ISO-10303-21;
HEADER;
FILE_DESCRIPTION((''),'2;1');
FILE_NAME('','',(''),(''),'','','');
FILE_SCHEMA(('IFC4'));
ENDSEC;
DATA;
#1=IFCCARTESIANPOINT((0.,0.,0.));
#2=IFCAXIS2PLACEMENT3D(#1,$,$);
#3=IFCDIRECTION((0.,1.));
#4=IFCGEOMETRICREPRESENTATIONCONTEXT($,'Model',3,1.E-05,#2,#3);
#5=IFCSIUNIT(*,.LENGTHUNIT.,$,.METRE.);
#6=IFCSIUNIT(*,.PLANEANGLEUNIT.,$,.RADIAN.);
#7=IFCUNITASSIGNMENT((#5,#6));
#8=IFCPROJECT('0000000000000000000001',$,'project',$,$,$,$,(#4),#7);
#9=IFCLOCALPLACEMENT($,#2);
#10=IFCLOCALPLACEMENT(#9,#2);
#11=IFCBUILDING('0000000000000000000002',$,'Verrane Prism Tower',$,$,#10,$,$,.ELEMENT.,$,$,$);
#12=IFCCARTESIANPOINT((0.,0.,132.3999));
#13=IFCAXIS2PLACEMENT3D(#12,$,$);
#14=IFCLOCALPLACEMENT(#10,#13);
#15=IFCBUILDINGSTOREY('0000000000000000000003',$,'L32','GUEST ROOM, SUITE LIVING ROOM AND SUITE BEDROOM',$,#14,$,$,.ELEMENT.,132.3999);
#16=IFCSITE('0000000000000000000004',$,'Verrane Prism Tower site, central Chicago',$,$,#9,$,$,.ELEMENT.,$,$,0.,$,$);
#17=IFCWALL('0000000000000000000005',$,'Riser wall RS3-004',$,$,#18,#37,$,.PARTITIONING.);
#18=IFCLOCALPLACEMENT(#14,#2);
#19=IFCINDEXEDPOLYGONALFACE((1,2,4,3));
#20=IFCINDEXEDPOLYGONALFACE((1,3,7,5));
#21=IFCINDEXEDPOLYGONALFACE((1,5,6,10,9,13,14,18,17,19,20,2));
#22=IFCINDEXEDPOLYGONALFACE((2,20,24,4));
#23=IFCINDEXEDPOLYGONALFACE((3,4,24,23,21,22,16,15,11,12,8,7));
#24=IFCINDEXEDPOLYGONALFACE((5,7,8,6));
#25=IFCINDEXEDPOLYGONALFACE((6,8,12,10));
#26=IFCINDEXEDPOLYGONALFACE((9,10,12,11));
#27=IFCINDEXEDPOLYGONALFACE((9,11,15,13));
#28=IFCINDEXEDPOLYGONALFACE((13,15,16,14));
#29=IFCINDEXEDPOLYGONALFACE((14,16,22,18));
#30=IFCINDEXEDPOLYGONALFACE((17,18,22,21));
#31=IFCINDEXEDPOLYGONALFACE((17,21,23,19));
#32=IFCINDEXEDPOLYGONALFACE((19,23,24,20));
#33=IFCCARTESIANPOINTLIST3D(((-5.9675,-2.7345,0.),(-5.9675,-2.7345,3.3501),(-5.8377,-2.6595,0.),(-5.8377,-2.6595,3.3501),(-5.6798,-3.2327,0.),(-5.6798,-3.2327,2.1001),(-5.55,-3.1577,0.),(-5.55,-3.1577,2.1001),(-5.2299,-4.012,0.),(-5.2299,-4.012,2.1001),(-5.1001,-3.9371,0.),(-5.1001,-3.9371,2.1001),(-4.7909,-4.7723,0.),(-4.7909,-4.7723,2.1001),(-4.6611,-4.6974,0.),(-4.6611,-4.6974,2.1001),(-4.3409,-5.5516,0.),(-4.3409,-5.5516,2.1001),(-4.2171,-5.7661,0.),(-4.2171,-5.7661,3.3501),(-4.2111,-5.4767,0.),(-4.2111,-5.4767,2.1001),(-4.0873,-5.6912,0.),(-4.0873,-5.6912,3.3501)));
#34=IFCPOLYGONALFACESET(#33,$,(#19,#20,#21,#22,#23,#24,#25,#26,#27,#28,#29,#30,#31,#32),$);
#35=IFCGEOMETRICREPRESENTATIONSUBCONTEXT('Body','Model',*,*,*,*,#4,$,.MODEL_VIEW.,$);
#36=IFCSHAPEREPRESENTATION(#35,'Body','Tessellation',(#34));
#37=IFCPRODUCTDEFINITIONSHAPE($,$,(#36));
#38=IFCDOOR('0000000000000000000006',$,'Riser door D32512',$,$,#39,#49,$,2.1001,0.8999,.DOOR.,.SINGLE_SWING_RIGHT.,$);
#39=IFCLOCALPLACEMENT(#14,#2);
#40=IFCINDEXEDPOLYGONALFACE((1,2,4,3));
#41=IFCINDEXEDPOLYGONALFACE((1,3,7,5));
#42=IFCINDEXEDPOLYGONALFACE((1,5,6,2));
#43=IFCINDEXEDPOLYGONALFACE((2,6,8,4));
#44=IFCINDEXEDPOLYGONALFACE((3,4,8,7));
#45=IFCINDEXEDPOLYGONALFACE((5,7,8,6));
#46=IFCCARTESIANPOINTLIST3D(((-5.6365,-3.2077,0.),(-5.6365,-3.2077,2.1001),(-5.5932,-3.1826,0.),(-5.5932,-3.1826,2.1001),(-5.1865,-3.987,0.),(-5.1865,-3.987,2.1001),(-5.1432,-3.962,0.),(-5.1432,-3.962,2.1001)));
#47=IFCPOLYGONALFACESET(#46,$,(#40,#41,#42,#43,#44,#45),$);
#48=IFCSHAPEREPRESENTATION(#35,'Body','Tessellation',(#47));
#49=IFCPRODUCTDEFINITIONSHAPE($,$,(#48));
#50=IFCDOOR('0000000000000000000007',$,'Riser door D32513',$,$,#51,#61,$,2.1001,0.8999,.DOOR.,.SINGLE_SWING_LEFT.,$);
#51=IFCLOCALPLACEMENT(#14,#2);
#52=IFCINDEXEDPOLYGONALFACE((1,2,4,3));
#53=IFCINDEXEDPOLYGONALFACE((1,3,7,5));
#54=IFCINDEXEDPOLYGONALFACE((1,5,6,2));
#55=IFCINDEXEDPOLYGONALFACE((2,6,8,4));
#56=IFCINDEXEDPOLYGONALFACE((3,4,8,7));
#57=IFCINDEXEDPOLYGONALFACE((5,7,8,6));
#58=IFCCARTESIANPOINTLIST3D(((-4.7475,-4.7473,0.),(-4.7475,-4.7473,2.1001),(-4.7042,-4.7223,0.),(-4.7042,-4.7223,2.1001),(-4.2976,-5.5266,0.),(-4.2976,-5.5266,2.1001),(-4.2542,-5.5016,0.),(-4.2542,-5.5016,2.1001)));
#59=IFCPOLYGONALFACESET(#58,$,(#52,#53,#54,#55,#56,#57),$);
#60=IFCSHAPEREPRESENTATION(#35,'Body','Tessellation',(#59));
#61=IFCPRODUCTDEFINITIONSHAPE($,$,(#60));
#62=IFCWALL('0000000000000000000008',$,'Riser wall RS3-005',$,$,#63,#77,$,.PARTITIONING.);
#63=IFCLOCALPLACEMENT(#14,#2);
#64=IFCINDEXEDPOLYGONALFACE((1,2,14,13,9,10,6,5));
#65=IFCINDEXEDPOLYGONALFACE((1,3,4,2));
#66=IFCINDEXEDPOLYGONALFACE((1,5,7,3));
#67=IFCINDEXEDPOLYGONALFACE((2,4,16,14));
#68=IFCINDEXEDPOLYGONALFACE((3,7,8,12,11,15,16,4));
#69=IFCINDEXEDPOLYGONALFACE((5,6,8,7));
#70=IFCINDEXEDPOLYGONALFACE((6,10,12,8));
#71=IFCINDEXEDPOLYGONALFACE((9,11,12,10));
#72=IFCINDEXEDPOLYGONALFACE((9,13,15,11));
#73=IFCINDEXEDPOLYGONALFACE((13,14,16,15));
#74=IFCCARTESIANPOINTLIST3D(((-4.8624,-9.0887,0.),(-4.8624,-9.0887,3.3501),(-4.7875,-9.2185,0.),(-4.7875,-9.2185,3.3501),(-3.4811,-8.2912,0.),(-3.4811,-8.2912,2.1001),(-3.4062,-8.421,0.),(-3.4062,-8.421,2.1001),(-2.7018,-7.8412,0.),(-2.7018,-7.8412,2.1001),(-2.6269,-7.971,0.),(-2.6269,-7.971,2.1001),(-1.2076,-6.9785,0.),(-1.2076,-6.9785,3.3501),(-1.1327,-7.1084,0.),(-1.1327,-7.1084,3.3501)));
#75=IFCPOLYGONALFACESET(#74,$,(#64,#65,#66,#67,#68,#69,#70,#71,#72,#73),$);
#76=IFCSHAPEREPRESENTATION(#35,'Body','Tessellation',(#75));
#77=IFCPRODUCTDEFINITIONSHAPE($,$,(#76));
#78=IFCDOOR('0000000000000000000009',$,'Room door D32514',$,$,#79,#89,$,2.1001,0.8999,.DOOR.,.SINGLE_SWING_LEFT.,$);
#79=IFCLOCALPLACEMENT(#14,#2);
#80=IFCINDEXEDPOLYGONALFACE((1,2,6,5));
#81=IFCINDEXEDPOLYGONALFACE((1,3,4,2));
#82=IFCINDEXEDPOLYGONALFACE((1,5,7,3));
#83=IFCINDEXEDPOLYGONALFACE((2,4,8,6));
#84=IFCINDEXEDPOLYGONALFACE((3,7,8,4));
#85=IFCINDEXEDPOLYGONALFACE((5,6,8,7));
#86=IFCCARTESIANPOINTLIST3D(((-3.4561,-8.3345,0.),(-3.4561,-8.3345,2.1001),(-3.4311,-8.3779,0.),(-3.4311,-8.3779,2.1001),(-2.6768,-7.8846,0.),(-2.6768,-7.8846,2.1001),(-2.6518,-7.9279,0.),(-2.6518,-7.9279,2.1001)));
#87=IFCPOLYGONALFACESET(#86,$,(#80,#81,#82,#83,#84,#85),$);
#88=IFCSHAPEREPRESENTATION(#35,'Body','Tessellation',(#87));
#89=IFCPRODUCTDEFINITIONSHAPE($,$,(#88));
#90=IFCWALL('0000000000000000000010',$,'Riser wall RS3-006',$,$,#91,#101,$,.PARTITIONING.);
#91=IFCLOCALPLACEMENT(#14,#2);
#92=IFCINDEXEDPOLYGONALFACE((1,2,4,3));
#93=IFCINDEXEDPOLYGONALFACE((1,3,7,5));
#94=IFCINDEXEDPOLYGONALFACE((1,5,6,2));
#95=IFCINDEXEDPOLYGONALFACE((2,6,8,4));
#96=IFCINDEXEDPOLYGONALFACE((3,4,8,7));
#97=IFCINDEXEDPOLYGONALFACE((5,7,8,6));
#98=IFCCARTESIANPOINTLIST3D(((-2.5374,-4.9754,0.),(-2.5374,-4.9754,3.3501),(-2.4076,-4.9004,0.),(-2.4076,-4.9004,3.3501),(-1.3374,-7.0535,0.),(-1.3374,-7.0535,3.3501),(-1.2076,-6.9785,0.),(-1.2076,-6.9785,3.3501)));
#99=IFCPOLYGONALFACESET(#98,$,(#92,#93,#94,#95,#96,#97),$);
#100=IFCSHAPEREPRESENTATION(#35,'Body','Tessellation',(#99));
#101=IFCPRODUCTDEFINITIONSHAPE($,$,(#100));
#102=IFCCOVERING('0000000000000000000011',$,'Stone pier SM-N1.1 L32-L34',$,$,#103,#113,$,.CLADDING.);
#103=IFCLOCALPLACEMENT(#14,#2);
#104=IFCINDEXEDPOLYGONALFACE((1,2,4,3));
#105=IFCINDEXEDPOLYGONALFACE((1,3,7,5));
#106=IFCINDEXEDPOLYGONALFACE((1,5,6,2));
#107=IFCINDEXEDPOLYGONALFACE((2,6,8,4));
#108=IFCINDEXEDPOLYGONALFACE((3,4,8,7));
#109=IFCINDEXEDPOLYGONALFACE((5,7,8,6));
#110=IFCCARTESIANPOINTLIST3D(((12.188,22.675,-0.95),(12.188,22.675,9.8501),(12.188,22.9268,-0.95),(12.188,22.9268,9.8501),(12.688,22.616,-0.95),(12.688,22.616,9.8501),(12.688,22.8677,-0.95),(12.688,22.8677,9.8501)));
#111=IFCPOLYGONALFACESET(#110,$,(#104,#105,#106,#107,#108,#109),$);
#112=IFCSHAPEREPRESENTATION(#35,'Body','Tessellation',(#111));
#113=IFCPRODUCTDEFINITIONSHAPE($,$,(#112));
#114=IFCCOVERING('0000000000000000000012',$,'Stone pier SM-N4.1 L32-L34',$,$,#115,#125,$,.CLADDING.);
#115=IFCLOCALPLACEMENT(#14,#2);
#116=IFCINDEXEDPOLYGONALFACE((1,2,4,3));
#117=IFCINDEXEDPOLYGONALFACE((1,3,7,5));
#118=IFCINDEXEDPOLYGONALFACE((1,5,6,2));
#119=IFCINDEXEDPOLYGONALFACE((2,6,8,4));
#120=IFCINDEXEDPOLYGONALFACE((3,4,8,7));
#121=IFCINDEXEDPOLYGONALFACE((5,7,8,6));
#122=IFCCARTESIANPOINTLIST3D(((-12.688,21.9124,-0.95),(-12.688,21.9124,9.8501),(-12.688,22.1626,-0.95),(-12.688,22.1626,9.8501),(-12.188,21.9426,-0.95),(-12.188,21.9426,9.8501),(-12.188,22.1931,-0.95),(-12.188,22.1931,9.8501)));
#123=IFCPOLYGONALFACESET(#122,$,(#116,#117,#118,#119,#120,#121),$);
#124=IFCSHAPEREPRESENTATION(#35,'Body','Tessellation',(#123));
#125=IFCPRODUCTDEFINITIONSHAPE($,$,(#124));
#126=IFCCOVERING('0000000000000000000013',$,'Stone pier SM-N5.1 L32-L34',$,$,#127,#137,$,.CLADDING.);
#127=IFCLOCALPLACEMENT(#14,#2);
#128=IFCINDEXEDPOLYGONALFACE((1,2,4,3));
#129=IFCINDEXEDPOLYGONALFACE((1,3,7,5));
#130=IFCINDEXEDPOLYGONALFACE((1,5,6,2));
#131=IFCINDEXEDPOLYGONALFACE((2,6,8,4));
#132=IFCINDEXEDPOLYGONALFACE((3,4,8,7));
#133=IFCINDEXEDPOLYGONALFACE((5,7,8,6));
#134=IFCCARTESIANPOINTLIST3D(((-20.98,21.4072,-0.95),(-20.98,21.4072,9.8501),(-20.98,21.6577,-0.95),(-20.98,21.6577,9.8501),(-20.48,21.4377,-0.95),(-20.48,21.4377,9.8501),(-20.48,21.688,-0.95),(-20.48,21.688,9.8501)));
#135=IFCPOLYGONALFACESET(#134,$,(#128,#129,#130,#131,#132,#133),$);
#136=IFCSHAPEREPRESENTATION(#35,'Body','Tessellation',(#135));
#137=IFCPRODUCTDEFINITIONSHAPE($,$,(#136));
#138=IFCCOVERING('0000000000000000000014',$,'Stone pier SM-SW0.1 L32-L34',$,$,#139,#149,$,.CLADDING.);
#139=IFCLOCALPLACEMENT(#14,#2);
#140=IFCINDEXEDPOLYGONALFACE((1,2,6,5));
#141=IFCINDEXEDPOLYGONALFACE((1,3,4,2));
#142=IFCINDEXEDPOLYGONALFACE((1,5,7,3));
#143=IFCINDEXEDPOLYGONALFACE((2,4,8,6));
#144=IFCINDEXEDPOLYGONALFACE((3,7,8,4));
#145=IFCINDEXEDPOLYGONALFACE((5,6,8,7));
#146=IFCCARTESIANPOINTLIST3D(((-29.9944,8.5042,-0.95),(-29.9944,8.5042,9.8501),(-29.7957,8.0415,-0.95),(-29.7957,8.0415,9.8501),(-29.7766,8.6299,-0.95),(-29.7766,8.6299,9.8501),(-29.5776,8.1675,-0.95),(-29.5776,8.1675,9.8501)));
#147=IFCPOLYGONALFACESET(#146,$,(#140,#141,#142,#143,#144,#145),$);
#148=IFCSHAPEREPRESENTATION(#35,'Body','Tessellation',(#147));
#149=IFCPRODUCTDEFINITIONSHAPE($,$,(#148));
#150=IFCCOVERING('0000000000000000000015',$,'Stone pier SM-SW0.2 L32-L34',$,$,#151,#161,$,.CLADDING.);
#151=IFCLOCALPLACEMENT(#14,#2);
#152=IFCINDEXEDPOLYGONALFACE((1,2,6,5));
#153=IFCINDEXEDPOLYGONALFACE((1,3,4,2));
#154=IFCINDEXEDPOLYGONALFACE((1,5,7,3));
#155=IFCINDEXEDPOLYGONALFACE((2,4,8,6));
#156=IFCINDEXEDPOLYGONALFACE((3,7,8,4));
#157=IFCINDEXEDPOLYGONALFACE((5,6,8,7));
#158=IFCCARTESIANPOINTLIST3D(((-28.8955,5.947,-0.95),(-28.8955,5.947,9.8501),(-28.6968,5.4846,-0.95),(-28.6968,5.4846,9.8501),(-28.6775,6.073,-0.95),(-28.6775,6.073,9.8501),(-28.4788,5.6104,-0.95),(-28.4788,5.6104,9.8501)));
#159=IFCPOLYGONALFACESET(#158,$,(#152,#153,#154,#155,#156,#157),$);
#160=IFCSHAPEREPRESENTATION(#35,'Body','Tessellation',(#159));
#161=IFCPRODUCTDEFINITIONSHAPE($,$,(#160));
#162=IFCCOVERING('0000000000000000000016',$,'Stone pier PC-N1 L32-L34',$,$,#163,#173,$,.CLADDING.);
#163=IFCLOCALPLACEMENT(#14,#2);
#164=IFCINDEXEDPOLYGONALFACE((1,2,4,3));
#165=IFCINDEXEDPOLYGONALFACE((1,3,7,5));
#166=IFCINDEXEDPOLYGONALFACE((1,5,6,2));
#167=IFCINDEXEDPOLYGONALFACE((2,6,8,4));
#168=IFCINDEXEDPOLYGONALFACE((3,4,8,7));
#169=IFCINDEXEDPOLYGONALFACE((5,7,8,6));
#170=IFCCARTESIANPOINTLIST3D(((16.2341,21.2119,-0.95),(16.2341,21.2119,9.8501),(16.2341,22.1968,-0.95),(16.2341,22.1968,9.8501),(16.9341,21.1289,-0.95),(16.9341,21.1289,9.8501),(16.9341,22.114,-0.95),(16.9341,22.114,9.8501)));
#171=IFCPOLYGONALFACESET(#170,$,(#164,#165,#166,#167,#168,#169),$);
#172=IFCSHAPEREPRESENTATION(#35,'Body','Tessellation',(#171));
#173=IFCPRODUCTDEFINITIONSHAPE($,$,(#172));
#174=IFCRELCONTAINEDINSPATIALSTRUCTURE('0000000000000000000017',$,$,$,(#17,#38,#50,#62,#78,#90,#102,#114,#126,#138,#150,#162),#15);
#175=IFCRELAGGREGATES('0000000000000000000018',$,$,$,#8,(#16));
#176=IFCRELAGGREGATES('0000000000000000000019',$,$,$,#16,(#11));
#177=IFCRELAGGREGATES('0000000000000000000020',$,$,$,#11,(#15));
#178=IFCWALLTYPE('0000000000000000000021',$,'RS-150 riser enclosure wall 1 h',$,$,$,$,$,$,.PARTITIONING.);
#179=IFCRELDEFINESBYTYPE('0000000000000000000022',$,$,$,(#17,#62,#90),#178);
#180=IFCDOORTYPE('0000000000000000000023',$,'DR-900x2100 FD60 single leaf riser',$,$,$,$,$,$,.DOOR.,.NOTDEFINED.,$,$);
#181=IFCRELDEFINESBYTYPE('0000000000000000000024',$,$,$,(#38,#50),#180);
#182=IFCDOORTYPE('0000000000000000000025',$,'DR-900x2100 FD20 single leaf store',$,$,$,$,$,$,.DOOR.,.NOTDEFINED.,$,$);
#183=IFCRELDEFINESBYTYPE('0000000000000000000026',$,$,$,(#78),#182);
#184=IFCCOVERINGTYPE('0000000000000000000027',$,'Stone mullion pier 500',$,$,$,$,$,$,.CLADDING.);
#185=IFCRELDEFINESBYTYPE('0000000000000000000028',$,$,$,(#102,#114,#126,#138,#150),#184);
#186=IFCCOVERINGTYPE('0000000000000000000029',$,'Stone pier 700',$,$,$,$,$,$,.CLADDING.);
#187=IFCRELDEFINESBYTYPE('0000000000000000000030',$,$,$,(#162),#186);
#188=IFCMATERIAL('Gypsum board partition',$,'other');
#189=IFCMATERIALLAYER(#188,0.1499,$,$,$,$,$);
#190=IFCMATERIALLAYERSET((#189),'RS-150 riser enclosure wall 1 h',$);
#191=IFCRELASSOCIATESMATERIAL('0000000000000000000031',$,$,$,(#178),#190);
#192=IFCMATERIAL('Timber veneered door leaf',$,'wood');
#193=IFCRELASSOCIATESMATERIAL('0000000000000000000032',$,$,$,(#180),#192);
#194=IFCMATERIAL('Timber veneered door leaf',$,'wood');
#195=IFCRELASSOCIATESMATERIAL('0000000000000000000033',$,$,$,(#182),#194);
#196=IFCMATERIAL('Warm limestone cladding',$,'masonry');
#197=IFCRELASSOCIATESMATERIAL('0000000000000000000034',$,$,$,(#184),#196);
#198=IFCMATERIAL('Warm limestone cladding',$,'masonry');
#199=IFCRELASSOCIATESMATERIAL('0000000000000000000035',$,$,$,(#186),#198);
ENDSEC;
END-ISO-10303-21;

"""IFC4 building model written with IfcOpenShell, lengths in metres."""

from ifc_helpers import new_model, si_unit, direction, frame, frame_2d, origin, place, context, subcontext, project, spatial, polyline, rectangle, outline, extrude, material, layer, layer_set, type_object, element, fill, save


model = new_model("IFC4")

# Units and contexts
model_context = context("Model", 3, precision=1e-05, world=origin(), true_north=direction((0.0, 1.0)))
body_context = subcontext(model_context, "Body", "Model", "MODEL_VIEW")
ifc_project = project(units=[si_unit("LENGTHUNIT", "METRE"), si_unit("PLANEANGLEUNIT", "RADIAN")], contexts=[model_context])

# Site, building, storey
site_placement = place(None, origin())
site = spatial("IfcSite", under=ifc_project, at=site_placement, Name="Verrane Prism Tower site, central Chicago", CompositionType="ELEMENT", RefElevation=0.0)
building_placement = place(site_placement, origin())
building = spatial("IfcBuilding", under=site, at=building_placement, Name="Verrane Prism Tower", CompositionType="ELEMENT")
storey_placement = place(building_placement, frame((0.0, 0.0, 132.3999)))
storey = spatial("IfcBuildingStorey", under=building, at=storey_placement, Name="L32", Description="GUEST ROOM, SUITE LIVING ROOM AND SUITE BEDROOM", CompositionType="ELEMENT", Elevation=132.3999)

# Wall, openings, doors
ifc_material_1 = material(Name="Gypsum board partition", Category="other")
ifc_layer_1 = layer(ifc_material_1, 0.1499)
ifc_layer_set_1 = layer_set([ifc_layer_1], Name="RS-150 riser enclosure wall 1 h")
wall_type_1 = type_object("IfcWallType", Name="RS-150 riser enclosure wall 1 h", PredefinedType="PARTITIONING", material=ifc_layer_set_1)
wall_1_placement = place(storey_placement, frame((-4.1521, -5.7288, 0.0), z_axis=(0.0, 0.0, 1.0), x_axis=(-0.500024, 0.866011, 0.0)))
wall_1 = element("IfcWall", 1, at=wall_1_placement, inside=storey, type_object=wall_type_1, Name="Riser wall RS3-004", PredefinedType="PARTITIONING", context=body_context, shape_type="SweptSolid", body=[
    extrude(rectangle(XDim=3.5007, YDim=0.1499, at=frame_2d((1.7505, 0.0))), origin(), (0.0, 0.0, 1.0), 3.3501),
])
opening_1_placement = place(wall_1_placement, frame((2.0256, 0.0, 0.0)))
opening_1 = element("IfcOpeningElement", 2, at=opening_1_placement, cuts=wall_1, PredefinedType="OPENING", context=body_context, shape_type="SweptSolid", body=[
    extrude(rectangle(XDim=0.8999, YDim=2.1001, at=frame_2d((0.45, 1.05))), frame((0.0, 0.085, 0.0), z_axis=(0.0, -1.0, 0.0), x_axis=(1.0, 0.0, 0.0)), (0.0, 0.0, 1.0), 0.1699),
])
opening_2_placement = place(wall_1_placement, frame((0.2478, 0.0, 0.0)))
opening_2 = element("IfcOpeningElement", 3, at=opening_2_placement, cuts=wall_1, PredefinedType="OPENING", context=body_context, shape_type="SweptSolid", body=[
    extrude(rectangle(XDim=0.8999, YDim=2.1001, at=frame_2d((0.45, 1.05))), frame((0.0, 0.085, 0.0), z_axis=(0.0, -1.0, 0.0), x_axis=(1.0, 0.0, 0.0)), (0.0, 0.0, 1.0), 0.1699),
])
ifc_material_2 = material(Name="Timber veneered door leaf", Category="wood")
door_type_1 = type_object("IfcDoorType", Name="DR-900x2100 FD60 single leaf riser", OperationType="NOTDEFINED", PredefinedType="DOOR", material=ifc_material_2)
door_1_placement = place(opening_1_placement, origin())
door_1 = element("IfcDoor", 4, at=door_1_placement, inside=storey, type_object=door_type_1, Name="Riser door D32512", OperationType="SINGLE_SWING_RIGHT", OverallHeight=2.1001, OverallWidth=0.8999, PredefinedType="DOOR", context=body_context, shape_type="SweptSolid", body=[
    extrude(rectangle(XDim=0.8999, YDim=2.1001, at=frame_2d((0.45, 1.05))), frame((0.0, 0.0249, 0.0), z_axis=(0.0, -1.0, 0.0), x_axis=(1.0, 0.0, 0.0)), (0.0, 0.0, 1.0), 0.05),
])
fill(opening_1, door_1)
door_2_placement = place(opening_2_placement, origin())
door_2 = element("IfcDoor", 5, at=door_2_placement, inside=storey, type_object=door_type_1, Name="Riser door D32513", OperationType="SINGLE_SWING_LEFT", OverallHeight=2.1001, OverallWidth=0.8999, PredefinedType="DOOR", context=body_context, shape_type="SweptSolid", body=[
    extrude(rectangle(XDim=0.8999, YDim=2.1001, at=frame_2d((0.45, 1.05))), frame((0.0, 0.0249, 0.0), z_axis=(0.0, -1.0, 0.0), x_axis=(1.0, 0.0, 0.0)), (0.0, 0.0, 1.0), 0.05),
])
fill(opening_2, door_2)

# Wall, opening, door
wall_2_placement = place(storey_placement, frame((-4.825, -9.1536, 0.0), z_axis=(0.0, 0.0, 1.0), x_axis=(0.866024, 0.500003, 0.0)))
wall_2 = element("IfcWall", 6, at=wall_2_placement, inside=storey, type_object=wall_type_1, Name="Riser wall RS3-005", PredefinedType="PARTITIONING", context=body_context, shape_type="SweptSolid", body=[
    extrude(rectangle(XDim=4.2202, YDim=0.1499, at=frame_2d((2.1101, 0.0))), origin(), (0.0, 0.0, 1.0), 3.3501),
])
opening_3_placement = place(wall_2_placement, frame((1.595, 0.0, 0.0)))
opening_3 = element("IfcOpeningElement", 7, at=opening_3_placement, cuts=wall_2, PredefinedType="OPENING", context=body_context, shape_type="SweptSolid", body=[
    extrude(rectangle(XDim=0.8999, YDim=2.1001, at=frame_2d((0.45, 1.05))), frame((0.0, 0.085, 0.0), z_axis=(0.0, -1.0, 0.0), x_axis=(1.0, 0.0, 0.0)), (0.0, 0.0, 1.0), 0.1699),
])
ifc_material_3 = material(Name="Timber veneered door leaf", Category="wood")
door_type_2 = type_object("IfcDoorType", Name="DR-900x2100 FD20 single leaf store", OperationType="NOTDEFINED", PredefinedType="DOOR", material=ifc_material_3)
door_3_placement = place(opening_3_placement, origin())
door_3 = element("IfcDoor", 8, at=door_3_placement, inside=storey, type_object=door_type_2, Name="Room door D32514", OperationType="SINGLE_SWING_LEFT", OverallHeight=2.1001, OverallWidth=0.8999, PredefinedType="DOOR", context=body_context, shape_type="SweptSolid", body=[
    extrude(rectangle(XDim=0.8999, YDim=2.1001, at=frame_2d((0.45, 1.05))), frame((0.0, 0.0249, 0.0), z_axis=(0.0, -1.0, 0.0), x_axis=(1.0, 0.0, 0.0)), (0.0, 0.0, 1.0), 0.05),
])
fill(opening_3, door_3)

# Wall
wall_3_placement = place(storey_placement, frame((-2.4724, -4.938, 0.0), z_axis=(0.0, 0.0, 1.0), x_axis=(0.500045, -0.865999, 0.0)))
element("IfcWall", 9, at=wall_3_placement, inside=storey, type_object=wall_type_1, Name="Riser wall RS3-006", PredefinedType="PARTITIONING", context=body_context, shape_type="SweptSolid", body=[
    extrude(rectangle(XDim=2.3997, YDim=0.1499, at=frame_2d((1.1997, 0.0))), origin(), (0.0, 0.0, 1.0), 3.3501),
])

# Coverings
ifc_material_4 = material(Name="Warm limestone cladding", Category="masonry")
covering_type_1 = type_object("IfcCoveringType", Name="Stone mullion pier 500", PredefinedType="CLADDING", material=ifc_material_4)
covering_1_placement = place(storey_placement, frame((0.0, 0.0, -0.95)))
element("IfcCovering", 10, at=covering_1_placement, inside=storey, type_object=covering_type_1, Name="Stone pier SM-N1.1 L32-L34", PredefinedType="CLADDING", context=body_context, shape_type="SweptSolid", body=[
    extrude(outline(polyline([(12.188, 22.675), (12.688, 22.616), (12.688, 22.8677), (12.188, 22.9268), (12.188, 22.675)])), origin(), (0.0, 0.0, 1.0), 10.8),
])
covering_2_placement = place(storey_placement, frame((0.0, 0.0, -0.95)))
element("IfcCovering", 11, at=covering_2_placement, inside=storey, type_object=covering_type_1, Name="Stone pier SM-N4.1 L32-L34", PredefinedType="CLADDING", context=body_context, shape_type="SweptSolid", body=[
    extrude(outline(polyline([(-12.688, 21.9124), (-12.188, 21.9426), (-12.188, 22.1931), (-12.688, 22.1626), (-12.688, 21.9124)])), origin(), (0.0, 0.0, 1.0), 10.8),
])
covering_3_placement = place(storey_placement, frame((0.0, 0.0, -0.95)))
element("IfcCovering", 12, at=covering_3_placement, inside=storey, type_object=covering_type_1, Name="Stone pier SM-N5.1 L32-L34", PredefinedType="CLADDING", context=body_context, shape_type="SweptSolid", body=[
    extrude(outline(polyline([(-20.98, 21.4072), (-20.48, 21.4377), (-20.48, 21.688), (-20.98, 21.6577), (-20.98, 21.4072)])), origin(), (0.0, 0.0, 1.0), 10.8),
])
covering_4_placement = place(storey_placement, frame((0.0, 0.0, -0.95)))
element("IfcCovering", 13, at=covering_4_placement, inside=storey, type_object=covering_type_1, Name="Stone pier SM-SW0.1 L32-L34", PredefinedType="CLADDING", context=body_context, shape_type="SweptSolid", body=[
    extrude(outline(polyline([(-29.5776, 8.1675), (-29.7766, 8.6299), (-29.9944, 8.5042), (-29.7957, 8.0415), (-29.5776, 8.1675)])), origin(), (0.0, 0.0, 1.0), 10.8),
])
covering_5_placement = place(storey_placement, frame((0.0, 0.0, -0.95)))
element("IfcCovering", 14, at=covering_5_placement, inside=storey, type_object=covering_type_1, Name="Stone pier SM-SW0.2 L32-L34", PredefinedType="CLADDING", context=body_context, shape_type="SweptSolid", body=[
    extrude(outline(polyline([(-28.4788, 5.6104), (-28.6775, 6.073), (-28.8955, 5.947), (-28.6968, 5.4846), (-28.4788, 5.6104)])), origin(), (0.0, 0.0, 1.0), 10.8),
])
ifc_material_5 = material(Name="Warm limestone cladding", Category="masonry")
covering_type_2 = type_object("IfcCoveringType", Name="Stone pier 700", PredefinedType="CLADDING", material=ifc_material_5)
covering_6_placement = place(storey_placement, frame((0.0, 0.0, -0.95)))
element("IfcCovering", 15, at=covering_6_placement, inside=storey, type_object=covering_type_2, Name="Stone pier PC-N1 L32-L34", PredefinedType="CLADDING", context=body_context, shape_type="SweptSolid", body=[
    extrude(outline(polyline([(16.2341, 22.1968), (16.2341, 21.2119), (16.9341, 21.1289), (16.9341, 22.114), (16.2341, 22.1968)])), origin(), (0.0, 0.0, 1.0), 10.8),
])

save(model, "model.ifc")
